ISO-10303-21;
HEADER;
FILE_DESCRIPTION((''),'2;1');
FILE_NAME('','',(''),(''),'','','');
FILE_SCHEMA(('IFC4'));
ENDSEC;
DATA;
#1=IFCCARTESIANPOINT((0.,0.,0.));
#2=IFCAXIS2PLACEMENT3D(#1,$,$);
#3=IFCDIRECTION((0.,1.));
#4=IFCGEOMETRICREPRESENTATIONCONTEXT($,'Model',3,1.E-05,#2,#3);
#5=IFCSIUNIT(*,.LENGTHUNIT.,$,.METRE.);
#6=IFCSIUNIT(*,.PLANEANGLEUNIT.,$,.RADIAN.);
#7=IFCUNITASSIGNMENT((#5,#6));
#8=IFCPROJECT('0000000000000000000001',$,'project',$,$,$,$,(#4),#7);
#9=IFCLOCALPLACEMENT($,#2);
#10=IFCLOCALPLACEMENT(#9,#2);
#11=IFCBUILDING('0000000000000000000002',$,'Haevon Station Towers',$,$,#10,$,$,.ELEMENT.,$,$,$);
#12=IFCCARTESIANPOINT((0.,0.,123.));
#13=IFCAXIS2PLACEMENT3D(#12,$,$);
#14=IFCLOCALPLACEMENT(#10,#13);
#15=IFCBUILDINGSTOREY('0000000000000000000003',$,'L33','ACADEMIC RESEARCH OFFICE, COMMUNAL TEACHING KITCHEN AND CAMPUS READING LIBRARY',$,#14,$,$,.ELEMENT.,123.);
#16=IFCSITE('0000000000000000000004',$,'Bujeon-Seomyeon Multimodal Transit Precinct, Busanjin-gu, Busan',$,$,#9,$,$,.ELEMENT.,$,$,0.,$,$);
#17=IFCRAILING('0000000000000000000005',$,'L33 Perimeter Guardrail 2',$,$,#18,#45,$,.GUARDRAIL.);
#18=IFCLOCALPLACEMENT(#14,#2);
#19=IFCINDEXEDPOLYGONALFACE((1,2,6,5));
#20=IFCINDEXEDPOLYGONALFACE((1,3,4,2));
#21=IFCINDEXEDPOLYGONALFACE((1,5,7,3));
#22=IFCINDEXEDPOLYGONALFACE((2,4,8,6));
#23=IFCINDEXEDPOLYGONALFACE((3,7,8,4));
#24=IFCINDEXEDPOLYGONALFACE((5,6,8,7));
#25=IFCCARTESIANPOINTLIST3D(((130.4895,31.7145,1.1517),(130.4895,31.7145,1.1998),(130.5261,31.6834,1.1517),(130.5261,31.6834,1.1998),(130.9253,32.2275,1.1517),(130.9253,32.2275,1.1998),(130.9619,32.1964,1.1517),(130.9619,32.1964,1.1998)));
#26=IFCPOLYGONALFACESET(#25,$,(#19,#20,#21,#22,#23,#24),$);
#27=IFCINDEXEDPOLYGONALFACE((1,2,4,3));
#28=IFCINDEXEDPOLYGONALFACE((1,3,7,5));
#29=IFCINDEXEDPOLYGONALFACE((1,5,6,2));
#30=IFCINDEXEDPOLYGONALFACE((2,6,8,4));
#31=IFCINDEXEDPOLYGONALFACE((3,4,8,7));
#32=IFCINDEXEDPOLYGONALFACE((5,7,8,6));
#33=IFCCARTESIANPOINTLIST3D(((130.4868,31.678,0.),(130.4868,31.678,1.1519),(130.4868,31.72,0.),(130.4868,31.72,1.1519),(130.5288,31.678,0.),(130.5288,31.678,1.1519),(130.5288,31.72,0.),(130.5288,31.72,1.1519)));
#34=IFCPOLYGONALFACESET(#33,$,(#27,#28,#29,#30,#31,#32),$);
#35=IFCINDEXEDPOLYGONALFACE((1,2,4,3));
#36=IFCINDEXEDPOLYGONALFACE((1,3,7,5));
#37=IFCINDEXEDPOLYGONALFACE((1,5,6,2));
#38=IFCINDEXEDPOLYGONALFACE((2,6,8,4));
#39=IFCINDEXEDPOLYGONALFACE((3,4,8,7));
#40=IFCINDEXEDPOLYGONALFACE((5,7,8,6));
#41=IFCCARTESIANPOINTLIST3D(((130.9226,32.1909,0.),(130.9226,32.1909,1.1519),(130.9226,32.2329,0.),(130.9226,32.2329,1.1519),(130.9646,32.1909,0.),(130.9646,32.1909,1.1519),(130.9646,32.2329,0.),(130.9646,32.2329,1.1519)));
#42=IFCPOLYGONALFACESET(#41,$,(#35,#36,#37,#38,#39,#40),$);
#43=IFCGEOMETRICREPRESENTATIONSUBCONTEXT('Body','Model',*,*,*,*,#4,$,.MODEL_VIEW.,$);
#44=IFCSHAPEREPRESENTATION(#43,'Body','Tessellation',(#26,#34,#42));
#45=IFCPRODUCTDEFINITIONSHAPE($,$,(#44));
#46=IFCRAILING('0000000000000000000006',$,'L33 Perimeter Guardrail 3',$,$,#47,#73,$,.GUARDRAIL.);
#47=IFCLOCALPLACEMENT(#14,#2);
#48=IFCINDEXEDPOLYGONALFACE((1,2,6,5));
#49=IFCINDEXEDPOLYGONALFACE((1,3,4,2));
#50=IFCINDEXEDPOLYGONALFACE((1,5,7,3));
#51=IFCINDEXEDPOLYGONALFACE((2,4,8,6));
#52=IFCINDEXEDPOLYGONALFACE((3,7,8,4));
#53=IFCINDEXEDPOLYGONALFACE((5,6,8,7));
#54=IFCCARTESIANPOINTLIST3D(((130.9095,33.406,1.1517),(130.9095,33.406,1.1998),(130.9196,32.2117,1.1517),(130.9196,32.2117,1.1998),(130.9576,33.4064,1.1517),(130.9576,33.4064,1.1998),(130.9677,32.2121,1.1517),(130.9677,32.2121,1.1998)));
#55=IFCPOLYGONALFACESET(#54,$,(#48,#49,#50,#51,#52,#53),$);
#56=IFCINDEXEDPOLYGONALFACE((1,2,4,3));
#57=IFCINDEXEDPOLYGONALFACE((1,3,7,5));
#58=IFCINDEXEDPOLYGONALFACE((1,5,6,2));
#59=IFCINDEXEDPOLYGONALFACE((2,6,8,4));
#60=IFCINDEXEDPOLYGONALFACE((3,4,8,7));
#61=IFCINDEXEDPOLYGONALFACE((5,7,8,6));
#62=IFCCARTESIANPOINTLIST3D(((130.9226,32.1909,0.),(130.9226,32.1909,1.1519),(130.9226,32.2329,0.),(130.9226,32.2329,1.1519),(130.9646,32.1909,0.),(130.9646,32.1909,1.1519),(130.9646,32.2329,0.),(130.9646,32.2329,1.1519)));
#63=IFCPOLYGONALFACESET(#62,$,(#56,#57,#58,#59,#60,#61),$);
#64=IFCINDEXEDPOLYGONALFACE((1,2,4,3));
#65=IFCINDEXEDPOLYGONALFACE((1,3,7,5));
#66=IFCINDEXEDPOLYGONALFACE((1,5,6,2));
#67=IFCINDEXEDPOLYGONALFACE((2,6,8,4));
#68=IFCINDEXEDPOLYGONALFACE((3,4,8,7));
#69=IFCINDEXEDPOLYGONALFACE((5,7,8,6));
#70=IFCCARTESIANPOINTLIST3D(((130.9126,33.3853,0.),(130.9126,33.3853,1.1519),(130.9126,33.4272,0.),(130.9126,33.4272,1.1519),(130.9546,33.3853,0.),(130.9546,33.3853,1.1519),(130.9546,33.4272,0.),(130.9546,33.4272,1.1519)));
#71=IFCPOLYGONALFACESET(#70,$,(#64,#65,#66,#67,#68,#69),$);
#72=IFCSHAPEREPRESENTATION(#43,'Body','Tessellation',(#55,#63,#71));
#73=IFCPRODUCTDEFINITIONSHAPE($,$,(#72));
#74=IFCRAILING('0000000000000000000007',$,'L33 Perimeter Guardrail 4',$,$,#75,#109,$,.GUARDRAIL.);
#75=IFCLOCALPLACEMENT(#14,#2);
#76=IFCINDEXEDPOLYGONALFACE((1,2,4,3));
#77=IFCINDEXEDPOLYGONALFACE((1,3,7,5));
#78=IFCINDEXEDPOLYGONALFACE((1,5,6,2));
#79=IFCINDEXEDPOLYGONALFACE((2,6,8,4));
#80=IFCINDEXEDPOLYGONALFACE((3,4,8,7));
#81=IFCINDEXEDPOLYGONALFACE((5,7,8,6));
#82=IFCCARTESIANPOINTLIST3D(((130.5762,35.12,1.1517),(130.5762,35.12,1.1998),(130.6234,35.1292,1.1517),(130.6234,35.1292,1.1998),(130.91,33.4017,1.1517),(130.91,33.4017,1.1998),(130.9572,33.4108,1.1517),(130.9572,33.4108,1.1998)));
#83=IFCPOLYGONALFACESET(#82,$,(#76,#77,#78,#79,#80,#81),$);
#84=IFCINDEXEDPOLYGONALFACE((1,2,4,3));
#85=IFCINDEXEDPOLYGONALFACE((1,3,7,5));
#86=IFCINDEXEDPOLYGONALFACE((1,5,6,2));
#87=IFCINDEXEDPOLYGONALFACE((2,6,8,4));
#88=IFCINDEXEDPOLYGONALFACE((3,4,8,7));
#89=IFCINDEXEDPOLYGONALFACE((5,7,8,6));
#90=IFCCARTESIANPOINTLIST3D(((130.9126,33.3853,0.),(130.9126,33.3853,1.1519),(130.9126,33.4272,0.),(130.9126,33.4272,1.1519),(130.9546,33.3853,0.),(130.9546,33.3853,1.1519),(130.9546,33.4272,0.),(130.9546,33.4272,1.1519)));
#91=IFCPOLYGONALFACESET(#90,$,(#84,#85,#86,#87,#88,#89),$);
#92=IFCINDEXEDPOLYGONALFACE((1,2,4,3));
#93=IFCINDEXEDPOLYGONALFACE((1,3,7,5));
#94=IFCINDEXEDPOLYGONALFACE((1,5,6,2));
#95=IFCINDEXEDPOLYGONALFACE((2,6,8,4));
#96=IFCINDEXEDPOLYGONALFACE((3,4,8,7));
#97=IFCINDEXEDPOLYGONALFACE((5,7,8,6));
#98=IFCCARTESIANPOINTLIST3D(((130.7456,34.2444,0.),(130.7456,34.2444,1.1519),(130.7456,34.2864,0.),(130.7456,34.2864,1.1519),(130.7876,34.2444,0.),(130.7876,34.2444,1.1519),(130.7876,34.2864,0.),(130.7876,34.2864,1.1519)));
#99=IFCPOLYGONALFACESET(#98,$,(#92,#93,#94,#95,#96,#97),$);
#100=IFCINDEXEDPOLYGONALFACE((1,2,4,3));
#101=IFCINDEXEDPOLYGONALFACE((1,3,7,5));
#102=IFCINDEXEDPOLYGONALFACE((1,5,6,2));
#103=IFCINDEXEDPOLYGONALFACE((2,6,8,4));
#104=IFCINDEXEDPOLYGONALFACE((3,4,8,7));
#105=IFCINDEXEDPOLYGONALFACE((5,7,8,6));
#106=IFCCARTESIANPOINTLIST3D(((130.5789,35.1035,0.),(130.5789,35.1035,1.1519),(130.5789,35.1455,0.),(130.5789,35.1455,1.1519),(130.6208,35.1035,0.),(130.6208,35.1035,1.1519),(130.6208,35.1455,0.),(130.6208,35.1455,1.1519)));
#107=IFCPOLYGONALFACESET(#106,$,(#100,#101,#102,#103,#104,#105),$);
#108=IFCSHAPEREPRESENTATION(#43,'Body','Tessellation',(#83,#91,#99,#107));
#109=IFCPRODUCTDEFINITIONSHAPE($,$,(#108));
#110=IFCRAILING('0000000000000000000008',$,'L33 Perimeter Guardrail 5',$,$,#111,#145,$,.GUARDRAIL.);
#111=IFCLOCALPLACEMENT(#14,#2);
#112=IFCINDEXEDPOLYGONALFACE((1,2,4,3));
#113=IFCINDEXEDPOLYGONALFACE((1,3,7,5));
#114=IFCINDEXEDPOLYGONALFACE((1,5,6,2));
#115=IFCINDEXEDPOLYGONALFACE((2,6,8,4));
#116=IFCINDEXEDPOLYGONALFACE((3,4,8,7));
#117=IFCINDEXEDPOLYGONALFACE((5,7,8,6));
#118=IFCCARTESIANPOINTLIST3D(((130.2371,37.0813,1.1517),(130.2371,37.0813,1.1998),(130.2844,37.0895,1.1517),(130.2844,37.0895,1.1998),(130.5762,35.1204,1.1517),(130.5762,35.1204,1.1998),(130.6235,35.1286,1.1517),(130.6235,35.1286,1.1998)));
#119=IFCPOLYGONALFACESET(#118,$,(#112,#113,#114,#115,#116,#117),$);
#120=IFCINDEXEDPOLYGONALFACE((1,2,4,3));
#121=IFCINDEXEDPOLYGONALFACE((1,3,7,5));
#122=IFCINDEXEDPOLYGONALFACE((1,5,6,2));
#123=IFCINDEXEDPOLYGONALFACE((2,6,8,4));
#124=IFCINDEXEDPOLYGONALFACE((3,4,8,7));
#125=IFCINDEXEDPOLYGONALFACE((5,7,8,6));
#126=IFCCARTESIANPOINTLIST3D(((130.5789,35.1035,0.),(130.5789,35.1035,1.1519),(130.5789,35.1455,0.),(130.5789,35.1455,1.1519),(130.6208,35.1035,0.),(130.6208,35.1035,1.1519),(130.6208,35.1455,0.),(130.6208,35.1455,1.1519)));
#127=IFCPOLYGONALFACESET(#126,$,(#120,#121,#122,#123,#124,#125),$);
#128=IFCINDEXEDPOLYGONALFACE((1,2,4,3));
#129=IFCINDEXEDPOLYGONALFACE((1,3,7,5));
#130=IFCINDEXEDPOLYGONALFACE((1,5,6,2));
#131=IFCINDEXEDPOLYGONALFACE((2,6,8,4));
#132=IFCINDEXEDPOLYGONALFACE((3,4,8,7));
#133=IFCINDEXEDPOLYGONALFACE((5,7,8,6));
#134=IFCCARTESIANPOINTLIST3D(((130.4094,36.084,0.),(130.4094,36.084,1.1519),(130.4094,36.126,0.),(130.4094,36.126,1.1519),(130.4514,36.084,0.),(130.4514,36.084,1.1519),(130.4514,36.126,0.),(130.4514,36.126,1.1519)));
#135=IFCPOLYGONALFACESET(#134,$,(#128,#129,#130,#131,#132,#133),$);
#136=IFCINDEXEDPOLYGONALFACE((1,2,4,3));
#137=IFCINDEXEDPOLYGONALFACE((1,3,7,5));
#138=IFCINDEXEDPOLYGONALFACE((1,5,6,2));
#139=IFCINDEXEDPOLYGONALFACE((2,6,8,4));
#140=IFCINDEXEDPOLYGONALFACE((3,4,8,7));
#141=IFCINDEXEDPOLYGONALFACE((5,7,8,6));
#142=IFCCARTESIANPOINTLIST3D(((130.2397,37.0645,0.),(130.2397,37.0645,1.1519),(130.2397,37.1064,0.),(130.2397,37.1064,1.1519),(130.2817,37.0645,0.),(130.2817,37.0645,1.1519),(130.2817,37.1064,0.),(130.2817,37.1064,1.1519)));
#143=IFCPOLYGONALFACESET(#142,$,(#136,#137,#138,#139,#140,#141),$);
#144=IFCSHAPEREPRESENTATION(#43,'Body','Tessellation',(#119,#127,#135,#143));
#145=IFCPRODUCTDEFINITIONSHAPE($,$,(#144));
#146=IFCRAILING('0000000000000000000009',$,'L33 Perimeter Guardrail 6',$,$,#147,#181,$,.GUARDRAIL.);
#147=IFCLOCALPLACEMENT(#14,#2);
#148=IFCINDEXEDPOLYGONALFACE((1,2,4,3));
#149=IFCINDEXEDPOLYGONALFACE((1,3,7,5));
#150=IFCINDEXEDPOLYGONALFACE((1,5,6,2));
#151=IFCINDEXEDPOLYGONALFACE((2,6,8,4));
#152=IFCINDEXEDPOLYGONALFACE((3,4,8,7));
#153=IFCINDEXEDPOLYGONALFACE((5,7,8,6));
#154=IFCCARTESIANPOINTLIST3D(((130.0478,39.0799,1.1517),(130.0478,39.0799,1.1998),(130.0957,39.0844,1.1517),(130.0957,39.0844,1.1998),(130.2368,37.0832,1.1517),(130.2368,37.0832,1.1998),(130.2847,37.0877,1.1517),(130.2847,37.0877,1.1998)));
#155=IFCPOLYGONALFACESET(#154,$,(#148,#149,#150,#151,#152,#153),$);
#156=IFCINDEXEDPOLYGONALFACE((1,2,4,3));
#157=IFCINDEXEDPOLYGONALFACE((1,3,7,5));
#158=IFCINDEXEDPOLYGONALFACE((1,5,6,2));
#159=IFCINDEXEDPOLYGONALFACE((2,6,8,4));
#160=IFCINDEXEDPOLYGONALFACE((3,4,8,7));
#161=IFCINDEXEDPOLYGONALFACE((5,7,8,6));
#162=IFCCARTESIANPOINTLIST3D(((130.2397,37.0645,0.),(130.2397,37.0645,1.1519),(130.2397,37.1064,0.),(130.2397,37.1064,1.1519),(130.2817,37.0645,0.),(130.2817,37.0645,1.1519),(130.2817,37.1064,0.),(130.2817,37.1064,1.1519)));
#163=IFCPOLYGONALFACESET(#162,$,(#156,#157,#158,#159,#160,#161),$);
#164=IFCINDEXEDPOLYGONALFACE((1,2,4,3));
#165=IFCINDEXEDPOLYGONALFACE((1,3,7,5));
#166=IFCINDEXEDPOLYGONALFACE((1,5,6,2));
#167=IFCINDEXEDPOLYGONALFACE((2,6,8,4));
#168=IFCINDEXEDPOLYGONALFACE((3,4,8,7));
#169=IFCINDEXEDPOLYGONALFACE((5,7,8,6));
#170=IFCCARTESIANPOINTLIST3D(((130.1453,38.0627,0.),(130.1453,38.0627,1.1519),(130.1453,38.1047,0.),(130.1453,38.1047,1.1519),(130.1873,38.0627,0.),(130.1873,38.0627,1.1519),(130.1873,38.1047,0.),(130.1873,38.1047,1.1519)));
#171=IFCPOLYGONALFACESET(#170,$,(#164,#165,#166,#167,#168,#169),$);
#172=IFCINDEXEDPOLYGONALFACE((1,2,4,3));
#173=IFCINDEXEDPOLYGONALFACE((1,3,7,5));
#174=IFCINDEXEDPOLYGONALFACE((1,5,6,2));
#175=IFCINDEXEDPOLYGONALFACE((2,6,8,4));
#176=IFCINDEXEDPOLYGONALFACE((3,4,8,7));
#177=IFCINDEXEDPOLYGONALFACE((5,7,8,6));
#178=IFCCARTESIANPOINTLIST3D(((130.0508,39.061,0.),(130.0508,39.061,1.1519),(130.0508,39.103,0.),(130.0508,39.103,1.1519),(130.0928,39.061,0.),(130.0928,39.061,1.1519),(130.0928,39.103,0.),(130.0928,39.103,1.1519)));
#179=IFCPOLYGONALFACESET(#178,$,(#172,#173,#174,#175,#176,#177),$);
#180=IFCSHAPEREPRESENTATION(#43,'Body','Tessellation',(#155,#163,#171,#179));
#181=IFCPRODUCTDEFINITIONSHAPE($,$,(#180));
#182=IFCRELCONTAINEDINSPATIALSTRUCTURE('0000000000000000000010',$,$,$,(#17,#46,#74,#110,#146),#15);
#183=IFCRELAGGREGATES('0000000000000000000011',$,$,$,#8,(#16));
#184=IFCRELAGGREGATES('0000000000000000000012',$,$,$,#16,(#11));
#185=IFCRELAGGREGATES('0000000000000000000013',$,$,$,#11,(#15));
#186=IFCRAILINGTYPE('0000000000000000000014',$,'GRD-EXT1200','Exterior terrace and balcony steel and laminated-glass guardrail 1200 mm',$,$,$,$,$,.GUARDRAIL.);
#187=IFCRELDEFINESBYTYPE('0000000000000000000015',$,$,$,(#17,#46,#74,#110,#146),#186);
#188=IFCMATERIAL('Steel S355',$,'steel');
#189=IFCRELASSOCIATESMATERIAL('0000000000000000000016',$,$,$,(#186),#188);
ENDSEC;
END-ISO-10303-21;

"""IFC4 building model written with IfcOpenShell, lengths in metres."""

from ifc_helpers import new_model, si_unit, direction, frame, origin, origin_2d, place, context, subcontext, project, spatial, rectangle, extrude, material, type_object, element, save


model = new_model("IFC4")

# Units and contexts
model_context = context("Model", 3, precision=1e-05, world=origin(), true_north=direction((0.0, 1.0)))
body_context = subcontext(model_context, "Body", "Model", "MODEL_VIEW")
ifc_project = project(units=[si_unit("LENGTHUNIT", "METRE"), si_unit("PLANEANGLEUNIT", "RADIAN")], contexts=[model_context])

# Site, building, storey
site_placement = place(None, origin())
site = spatial("IfcSite", under=ifc_project, at=site_placement, Name="Bujeon-Seomyeon Multimodal Transit Precinct, Busanjin-gu, Busan", CompositionType="ELEMENT", RefElevation=0.0)
building_placement = place(site_placement, origin())
building = spatial("IfcBuilding", under=site, at=building_placement, Name="Haevon Station Towers", CompositionType="ELEMENT")
storey_placement = place(building_placement, frame((0.0, 0.0, 123.0)))
storey = spatial("IfcBuildingStorey", under=building, at=storey_placement, Name="L33", Description="ACADEMIC RESEARCH OFFICE, COMMUNAL TEACHING KITCHEN AND CAMPUS READING LIBRARY", CompositionType="ELEMENT", Elevation=123.0)

# Shared definitions
ifc_material_1 = material(Name="Steel S355", Category="steel")

# Railings
railing_type = type_object("IfcRailingType", Name="GRD-EXT1200", Description="Exterior terrace and balcony steel and laminated-glass guardrail 1200 mm", PredefinedType="GUARDRAIL", material=ifc_material_1)
railing_1_placement = place(storey_placement, frame((130.5078, 31.699, 0.0)))
element("IfcRailing", 1, at=railing_1_placement, inside=storey, type_object=railing_type, Name="L33 Perimeter Guardrail 2", PredefinedType="GUARDRAIL", context=body_context, shape_type="SweptSolid", body=[
    extrude(rectangle(XDim=0.0481, YDim=0.0481, at=origin_2d()), frame((0.0, 0.0, 1.1758), z_axis=(0.647469, 0.762091, 0.0), x_axis=(-0.762091, 0.647469, 0.0)), (0.0, 0.0, 1.0), 0.6731),
    extrude(rectangle(XDim=0.042, YDim=0.042, at=origin_2d()), origin(), (0.0, 0.0, 1.0), 1.1519),
    extrude(rectangle(XDim=0.042, YDim=0.042, at=origin_2d()), frame((0.4358, 0.5129, 0.0)), (0.0, 0.0, 1.0), 1.1519),
])
railing_2_placement = place(storey_placement, frame((130.9436, 32.2119, 0.0)))
element("IfcRailing", 2, at=railing_2_placement, inside=storey, type_object=railing_type, Name="L33 Perimeter Guardrail 3", PredefinedType="GUARDRAIL", context=body_context, shape_type="SweptSolid", body=[
    extrude(rectangle(XDim=0.0481, YDim=0.0481, at=origin_2d()), frame((0.0, 0.0, 1.1758), z_axis=(-0.008381, 0.999965, 0.0), x_axis=(-0.999965, -0.008381, 0.0)), (0.0, 0.0, 1.0), 1.1943),
    extrude(rectangle(XDim=0.042, YDim=0.042, at=origin_2d()), origin(), (0.0, 0.0, 1.0), 1.1519),
    extrude(rectangle(XDim=0.042, YDim=0.042, at=origin_2d()), frame((-0.01, 1.1943, 0.0)), (0.0, 0.0, 1.0), 1.1519),
])
railing_3_placement = place(storey_placement, frame((130.9336, 33.4062, 0.0)))
element("IfcRailing", 3, at=railing_3_placement, inside=storey, type_object=railing_type, Name="L33 Perimeter Guardrail 4", PredefinedType="GUARDRAIL", context=body_context, shape_type="SweptSolid", body=[
    extrude(rectangle(XDim=0.0481, YDim=0.0481, at=origin_2d()), frame((0.0, 0.0, 1.1758), z_axis=(-0.190668, 0.981655, 0.0), x_axis=(-0.981655, -0.190668, 0.0)), (0.0, 0.0, 1.0), 1.7505),
    extrude(rectangle(XDim=0.042, YDim=0.042, at=origin_2d()), origin(), (0.0, 0.0, 1.0), 1.1519),
    extrude(rectangle(XDim=0.042, YDim=0.042, at=origin_2d()), frame((-0.167, 0.8591, 0.0)), (0.0, 0.0, 1.0), 1.1519),
    extrude(rectangle(XDim=0.042, YDim=0.042, at=origin_2d()), frame((-0.3337, 1.7183, 0.0)), (0.0, 0.0, 1.0), 1.1519),
])
railing_4_placement = place(storey_placement, frame((130.5999, 35.1245, 0.0)))
element("IfcRailing", 4, at=railing_4_placement, inside=storey, type_object=railing_type, Name="L33 Perimeter Guardrail 5", PredefinedType="GUARDRAIL", context=body_context, shape_type="SweptSolid", body=[
    extrude(rectangle(XDim=0.0481, YDim=0.0481, at=origin_2d()), frame((0.0, 0.0, 1.1758), z_axis=(-0.170404, 0.985374, 0.0), x_axis=(-0.985374, -0.170404, 0.0)), (0.0, 0.0, 1.0), 1.99),
    extrude(rectangle(XDim=0.042, YDim=0.042, at=origin_2d()), origin(), (0.0, 0.0, 1.0), 1.1519),
    extrude(rectangle(XDim=0.042, YDim=0.042, at=origin_2d()), frame((-0.1694, 0.9805, 0.0)), (0.0, 0.0, 1.0), 1.1519),
    extrude(rectangle(XDim=0.042, YDim=0.042, at=origin_2d()), frame((-0.3391, 1.9609, 0.0)), (0.0, 0.0, 1.0), 1.1519),
])
railing_5_placement = place(storey_placement, frame((130.2607, 37.0854, 0.0)))
element("IfcRailing", 5, at=railing_5_placement, inside=storey, type_object=railing_type, Name="L33 Perimeter Guardrail 6", PredefinedType="GUARDRAIL", context=body_context, shape_type="SweptSolid", body=[
    extrude(rectangle(XDim=0.0481, YDim=0.0481, at=origin_2d()), frame((0.0, 0.0, 1.1758), z_axis=(-0.094223, 0.995551, 0.0), x_axis=(-0.995551, -0.094223, 0.0)), (0.0, 0.0, 1.0), 2.0056),
    extrude(rectangle(XDim=0.042, YDim=0.042, at=origin_2d()), origin(), (0.0, 0.0, 1.0), 1.1519),
    extrude(rectangle(XDim=0.042, YDim=0.042, at=origin_2d()), frame((-0.0945, 0.9983, 0.0)), (0.0, 0.0, 1.0), 1.1519),
    extrude(rectangle(XDim=0.042, YDim=0.042, at=origin_2d()), frame((-0.189, 1.9966, 0.0)), (0.0, 0.0, 1.0), 1.1519),
])

save(model, "model.ifc")
